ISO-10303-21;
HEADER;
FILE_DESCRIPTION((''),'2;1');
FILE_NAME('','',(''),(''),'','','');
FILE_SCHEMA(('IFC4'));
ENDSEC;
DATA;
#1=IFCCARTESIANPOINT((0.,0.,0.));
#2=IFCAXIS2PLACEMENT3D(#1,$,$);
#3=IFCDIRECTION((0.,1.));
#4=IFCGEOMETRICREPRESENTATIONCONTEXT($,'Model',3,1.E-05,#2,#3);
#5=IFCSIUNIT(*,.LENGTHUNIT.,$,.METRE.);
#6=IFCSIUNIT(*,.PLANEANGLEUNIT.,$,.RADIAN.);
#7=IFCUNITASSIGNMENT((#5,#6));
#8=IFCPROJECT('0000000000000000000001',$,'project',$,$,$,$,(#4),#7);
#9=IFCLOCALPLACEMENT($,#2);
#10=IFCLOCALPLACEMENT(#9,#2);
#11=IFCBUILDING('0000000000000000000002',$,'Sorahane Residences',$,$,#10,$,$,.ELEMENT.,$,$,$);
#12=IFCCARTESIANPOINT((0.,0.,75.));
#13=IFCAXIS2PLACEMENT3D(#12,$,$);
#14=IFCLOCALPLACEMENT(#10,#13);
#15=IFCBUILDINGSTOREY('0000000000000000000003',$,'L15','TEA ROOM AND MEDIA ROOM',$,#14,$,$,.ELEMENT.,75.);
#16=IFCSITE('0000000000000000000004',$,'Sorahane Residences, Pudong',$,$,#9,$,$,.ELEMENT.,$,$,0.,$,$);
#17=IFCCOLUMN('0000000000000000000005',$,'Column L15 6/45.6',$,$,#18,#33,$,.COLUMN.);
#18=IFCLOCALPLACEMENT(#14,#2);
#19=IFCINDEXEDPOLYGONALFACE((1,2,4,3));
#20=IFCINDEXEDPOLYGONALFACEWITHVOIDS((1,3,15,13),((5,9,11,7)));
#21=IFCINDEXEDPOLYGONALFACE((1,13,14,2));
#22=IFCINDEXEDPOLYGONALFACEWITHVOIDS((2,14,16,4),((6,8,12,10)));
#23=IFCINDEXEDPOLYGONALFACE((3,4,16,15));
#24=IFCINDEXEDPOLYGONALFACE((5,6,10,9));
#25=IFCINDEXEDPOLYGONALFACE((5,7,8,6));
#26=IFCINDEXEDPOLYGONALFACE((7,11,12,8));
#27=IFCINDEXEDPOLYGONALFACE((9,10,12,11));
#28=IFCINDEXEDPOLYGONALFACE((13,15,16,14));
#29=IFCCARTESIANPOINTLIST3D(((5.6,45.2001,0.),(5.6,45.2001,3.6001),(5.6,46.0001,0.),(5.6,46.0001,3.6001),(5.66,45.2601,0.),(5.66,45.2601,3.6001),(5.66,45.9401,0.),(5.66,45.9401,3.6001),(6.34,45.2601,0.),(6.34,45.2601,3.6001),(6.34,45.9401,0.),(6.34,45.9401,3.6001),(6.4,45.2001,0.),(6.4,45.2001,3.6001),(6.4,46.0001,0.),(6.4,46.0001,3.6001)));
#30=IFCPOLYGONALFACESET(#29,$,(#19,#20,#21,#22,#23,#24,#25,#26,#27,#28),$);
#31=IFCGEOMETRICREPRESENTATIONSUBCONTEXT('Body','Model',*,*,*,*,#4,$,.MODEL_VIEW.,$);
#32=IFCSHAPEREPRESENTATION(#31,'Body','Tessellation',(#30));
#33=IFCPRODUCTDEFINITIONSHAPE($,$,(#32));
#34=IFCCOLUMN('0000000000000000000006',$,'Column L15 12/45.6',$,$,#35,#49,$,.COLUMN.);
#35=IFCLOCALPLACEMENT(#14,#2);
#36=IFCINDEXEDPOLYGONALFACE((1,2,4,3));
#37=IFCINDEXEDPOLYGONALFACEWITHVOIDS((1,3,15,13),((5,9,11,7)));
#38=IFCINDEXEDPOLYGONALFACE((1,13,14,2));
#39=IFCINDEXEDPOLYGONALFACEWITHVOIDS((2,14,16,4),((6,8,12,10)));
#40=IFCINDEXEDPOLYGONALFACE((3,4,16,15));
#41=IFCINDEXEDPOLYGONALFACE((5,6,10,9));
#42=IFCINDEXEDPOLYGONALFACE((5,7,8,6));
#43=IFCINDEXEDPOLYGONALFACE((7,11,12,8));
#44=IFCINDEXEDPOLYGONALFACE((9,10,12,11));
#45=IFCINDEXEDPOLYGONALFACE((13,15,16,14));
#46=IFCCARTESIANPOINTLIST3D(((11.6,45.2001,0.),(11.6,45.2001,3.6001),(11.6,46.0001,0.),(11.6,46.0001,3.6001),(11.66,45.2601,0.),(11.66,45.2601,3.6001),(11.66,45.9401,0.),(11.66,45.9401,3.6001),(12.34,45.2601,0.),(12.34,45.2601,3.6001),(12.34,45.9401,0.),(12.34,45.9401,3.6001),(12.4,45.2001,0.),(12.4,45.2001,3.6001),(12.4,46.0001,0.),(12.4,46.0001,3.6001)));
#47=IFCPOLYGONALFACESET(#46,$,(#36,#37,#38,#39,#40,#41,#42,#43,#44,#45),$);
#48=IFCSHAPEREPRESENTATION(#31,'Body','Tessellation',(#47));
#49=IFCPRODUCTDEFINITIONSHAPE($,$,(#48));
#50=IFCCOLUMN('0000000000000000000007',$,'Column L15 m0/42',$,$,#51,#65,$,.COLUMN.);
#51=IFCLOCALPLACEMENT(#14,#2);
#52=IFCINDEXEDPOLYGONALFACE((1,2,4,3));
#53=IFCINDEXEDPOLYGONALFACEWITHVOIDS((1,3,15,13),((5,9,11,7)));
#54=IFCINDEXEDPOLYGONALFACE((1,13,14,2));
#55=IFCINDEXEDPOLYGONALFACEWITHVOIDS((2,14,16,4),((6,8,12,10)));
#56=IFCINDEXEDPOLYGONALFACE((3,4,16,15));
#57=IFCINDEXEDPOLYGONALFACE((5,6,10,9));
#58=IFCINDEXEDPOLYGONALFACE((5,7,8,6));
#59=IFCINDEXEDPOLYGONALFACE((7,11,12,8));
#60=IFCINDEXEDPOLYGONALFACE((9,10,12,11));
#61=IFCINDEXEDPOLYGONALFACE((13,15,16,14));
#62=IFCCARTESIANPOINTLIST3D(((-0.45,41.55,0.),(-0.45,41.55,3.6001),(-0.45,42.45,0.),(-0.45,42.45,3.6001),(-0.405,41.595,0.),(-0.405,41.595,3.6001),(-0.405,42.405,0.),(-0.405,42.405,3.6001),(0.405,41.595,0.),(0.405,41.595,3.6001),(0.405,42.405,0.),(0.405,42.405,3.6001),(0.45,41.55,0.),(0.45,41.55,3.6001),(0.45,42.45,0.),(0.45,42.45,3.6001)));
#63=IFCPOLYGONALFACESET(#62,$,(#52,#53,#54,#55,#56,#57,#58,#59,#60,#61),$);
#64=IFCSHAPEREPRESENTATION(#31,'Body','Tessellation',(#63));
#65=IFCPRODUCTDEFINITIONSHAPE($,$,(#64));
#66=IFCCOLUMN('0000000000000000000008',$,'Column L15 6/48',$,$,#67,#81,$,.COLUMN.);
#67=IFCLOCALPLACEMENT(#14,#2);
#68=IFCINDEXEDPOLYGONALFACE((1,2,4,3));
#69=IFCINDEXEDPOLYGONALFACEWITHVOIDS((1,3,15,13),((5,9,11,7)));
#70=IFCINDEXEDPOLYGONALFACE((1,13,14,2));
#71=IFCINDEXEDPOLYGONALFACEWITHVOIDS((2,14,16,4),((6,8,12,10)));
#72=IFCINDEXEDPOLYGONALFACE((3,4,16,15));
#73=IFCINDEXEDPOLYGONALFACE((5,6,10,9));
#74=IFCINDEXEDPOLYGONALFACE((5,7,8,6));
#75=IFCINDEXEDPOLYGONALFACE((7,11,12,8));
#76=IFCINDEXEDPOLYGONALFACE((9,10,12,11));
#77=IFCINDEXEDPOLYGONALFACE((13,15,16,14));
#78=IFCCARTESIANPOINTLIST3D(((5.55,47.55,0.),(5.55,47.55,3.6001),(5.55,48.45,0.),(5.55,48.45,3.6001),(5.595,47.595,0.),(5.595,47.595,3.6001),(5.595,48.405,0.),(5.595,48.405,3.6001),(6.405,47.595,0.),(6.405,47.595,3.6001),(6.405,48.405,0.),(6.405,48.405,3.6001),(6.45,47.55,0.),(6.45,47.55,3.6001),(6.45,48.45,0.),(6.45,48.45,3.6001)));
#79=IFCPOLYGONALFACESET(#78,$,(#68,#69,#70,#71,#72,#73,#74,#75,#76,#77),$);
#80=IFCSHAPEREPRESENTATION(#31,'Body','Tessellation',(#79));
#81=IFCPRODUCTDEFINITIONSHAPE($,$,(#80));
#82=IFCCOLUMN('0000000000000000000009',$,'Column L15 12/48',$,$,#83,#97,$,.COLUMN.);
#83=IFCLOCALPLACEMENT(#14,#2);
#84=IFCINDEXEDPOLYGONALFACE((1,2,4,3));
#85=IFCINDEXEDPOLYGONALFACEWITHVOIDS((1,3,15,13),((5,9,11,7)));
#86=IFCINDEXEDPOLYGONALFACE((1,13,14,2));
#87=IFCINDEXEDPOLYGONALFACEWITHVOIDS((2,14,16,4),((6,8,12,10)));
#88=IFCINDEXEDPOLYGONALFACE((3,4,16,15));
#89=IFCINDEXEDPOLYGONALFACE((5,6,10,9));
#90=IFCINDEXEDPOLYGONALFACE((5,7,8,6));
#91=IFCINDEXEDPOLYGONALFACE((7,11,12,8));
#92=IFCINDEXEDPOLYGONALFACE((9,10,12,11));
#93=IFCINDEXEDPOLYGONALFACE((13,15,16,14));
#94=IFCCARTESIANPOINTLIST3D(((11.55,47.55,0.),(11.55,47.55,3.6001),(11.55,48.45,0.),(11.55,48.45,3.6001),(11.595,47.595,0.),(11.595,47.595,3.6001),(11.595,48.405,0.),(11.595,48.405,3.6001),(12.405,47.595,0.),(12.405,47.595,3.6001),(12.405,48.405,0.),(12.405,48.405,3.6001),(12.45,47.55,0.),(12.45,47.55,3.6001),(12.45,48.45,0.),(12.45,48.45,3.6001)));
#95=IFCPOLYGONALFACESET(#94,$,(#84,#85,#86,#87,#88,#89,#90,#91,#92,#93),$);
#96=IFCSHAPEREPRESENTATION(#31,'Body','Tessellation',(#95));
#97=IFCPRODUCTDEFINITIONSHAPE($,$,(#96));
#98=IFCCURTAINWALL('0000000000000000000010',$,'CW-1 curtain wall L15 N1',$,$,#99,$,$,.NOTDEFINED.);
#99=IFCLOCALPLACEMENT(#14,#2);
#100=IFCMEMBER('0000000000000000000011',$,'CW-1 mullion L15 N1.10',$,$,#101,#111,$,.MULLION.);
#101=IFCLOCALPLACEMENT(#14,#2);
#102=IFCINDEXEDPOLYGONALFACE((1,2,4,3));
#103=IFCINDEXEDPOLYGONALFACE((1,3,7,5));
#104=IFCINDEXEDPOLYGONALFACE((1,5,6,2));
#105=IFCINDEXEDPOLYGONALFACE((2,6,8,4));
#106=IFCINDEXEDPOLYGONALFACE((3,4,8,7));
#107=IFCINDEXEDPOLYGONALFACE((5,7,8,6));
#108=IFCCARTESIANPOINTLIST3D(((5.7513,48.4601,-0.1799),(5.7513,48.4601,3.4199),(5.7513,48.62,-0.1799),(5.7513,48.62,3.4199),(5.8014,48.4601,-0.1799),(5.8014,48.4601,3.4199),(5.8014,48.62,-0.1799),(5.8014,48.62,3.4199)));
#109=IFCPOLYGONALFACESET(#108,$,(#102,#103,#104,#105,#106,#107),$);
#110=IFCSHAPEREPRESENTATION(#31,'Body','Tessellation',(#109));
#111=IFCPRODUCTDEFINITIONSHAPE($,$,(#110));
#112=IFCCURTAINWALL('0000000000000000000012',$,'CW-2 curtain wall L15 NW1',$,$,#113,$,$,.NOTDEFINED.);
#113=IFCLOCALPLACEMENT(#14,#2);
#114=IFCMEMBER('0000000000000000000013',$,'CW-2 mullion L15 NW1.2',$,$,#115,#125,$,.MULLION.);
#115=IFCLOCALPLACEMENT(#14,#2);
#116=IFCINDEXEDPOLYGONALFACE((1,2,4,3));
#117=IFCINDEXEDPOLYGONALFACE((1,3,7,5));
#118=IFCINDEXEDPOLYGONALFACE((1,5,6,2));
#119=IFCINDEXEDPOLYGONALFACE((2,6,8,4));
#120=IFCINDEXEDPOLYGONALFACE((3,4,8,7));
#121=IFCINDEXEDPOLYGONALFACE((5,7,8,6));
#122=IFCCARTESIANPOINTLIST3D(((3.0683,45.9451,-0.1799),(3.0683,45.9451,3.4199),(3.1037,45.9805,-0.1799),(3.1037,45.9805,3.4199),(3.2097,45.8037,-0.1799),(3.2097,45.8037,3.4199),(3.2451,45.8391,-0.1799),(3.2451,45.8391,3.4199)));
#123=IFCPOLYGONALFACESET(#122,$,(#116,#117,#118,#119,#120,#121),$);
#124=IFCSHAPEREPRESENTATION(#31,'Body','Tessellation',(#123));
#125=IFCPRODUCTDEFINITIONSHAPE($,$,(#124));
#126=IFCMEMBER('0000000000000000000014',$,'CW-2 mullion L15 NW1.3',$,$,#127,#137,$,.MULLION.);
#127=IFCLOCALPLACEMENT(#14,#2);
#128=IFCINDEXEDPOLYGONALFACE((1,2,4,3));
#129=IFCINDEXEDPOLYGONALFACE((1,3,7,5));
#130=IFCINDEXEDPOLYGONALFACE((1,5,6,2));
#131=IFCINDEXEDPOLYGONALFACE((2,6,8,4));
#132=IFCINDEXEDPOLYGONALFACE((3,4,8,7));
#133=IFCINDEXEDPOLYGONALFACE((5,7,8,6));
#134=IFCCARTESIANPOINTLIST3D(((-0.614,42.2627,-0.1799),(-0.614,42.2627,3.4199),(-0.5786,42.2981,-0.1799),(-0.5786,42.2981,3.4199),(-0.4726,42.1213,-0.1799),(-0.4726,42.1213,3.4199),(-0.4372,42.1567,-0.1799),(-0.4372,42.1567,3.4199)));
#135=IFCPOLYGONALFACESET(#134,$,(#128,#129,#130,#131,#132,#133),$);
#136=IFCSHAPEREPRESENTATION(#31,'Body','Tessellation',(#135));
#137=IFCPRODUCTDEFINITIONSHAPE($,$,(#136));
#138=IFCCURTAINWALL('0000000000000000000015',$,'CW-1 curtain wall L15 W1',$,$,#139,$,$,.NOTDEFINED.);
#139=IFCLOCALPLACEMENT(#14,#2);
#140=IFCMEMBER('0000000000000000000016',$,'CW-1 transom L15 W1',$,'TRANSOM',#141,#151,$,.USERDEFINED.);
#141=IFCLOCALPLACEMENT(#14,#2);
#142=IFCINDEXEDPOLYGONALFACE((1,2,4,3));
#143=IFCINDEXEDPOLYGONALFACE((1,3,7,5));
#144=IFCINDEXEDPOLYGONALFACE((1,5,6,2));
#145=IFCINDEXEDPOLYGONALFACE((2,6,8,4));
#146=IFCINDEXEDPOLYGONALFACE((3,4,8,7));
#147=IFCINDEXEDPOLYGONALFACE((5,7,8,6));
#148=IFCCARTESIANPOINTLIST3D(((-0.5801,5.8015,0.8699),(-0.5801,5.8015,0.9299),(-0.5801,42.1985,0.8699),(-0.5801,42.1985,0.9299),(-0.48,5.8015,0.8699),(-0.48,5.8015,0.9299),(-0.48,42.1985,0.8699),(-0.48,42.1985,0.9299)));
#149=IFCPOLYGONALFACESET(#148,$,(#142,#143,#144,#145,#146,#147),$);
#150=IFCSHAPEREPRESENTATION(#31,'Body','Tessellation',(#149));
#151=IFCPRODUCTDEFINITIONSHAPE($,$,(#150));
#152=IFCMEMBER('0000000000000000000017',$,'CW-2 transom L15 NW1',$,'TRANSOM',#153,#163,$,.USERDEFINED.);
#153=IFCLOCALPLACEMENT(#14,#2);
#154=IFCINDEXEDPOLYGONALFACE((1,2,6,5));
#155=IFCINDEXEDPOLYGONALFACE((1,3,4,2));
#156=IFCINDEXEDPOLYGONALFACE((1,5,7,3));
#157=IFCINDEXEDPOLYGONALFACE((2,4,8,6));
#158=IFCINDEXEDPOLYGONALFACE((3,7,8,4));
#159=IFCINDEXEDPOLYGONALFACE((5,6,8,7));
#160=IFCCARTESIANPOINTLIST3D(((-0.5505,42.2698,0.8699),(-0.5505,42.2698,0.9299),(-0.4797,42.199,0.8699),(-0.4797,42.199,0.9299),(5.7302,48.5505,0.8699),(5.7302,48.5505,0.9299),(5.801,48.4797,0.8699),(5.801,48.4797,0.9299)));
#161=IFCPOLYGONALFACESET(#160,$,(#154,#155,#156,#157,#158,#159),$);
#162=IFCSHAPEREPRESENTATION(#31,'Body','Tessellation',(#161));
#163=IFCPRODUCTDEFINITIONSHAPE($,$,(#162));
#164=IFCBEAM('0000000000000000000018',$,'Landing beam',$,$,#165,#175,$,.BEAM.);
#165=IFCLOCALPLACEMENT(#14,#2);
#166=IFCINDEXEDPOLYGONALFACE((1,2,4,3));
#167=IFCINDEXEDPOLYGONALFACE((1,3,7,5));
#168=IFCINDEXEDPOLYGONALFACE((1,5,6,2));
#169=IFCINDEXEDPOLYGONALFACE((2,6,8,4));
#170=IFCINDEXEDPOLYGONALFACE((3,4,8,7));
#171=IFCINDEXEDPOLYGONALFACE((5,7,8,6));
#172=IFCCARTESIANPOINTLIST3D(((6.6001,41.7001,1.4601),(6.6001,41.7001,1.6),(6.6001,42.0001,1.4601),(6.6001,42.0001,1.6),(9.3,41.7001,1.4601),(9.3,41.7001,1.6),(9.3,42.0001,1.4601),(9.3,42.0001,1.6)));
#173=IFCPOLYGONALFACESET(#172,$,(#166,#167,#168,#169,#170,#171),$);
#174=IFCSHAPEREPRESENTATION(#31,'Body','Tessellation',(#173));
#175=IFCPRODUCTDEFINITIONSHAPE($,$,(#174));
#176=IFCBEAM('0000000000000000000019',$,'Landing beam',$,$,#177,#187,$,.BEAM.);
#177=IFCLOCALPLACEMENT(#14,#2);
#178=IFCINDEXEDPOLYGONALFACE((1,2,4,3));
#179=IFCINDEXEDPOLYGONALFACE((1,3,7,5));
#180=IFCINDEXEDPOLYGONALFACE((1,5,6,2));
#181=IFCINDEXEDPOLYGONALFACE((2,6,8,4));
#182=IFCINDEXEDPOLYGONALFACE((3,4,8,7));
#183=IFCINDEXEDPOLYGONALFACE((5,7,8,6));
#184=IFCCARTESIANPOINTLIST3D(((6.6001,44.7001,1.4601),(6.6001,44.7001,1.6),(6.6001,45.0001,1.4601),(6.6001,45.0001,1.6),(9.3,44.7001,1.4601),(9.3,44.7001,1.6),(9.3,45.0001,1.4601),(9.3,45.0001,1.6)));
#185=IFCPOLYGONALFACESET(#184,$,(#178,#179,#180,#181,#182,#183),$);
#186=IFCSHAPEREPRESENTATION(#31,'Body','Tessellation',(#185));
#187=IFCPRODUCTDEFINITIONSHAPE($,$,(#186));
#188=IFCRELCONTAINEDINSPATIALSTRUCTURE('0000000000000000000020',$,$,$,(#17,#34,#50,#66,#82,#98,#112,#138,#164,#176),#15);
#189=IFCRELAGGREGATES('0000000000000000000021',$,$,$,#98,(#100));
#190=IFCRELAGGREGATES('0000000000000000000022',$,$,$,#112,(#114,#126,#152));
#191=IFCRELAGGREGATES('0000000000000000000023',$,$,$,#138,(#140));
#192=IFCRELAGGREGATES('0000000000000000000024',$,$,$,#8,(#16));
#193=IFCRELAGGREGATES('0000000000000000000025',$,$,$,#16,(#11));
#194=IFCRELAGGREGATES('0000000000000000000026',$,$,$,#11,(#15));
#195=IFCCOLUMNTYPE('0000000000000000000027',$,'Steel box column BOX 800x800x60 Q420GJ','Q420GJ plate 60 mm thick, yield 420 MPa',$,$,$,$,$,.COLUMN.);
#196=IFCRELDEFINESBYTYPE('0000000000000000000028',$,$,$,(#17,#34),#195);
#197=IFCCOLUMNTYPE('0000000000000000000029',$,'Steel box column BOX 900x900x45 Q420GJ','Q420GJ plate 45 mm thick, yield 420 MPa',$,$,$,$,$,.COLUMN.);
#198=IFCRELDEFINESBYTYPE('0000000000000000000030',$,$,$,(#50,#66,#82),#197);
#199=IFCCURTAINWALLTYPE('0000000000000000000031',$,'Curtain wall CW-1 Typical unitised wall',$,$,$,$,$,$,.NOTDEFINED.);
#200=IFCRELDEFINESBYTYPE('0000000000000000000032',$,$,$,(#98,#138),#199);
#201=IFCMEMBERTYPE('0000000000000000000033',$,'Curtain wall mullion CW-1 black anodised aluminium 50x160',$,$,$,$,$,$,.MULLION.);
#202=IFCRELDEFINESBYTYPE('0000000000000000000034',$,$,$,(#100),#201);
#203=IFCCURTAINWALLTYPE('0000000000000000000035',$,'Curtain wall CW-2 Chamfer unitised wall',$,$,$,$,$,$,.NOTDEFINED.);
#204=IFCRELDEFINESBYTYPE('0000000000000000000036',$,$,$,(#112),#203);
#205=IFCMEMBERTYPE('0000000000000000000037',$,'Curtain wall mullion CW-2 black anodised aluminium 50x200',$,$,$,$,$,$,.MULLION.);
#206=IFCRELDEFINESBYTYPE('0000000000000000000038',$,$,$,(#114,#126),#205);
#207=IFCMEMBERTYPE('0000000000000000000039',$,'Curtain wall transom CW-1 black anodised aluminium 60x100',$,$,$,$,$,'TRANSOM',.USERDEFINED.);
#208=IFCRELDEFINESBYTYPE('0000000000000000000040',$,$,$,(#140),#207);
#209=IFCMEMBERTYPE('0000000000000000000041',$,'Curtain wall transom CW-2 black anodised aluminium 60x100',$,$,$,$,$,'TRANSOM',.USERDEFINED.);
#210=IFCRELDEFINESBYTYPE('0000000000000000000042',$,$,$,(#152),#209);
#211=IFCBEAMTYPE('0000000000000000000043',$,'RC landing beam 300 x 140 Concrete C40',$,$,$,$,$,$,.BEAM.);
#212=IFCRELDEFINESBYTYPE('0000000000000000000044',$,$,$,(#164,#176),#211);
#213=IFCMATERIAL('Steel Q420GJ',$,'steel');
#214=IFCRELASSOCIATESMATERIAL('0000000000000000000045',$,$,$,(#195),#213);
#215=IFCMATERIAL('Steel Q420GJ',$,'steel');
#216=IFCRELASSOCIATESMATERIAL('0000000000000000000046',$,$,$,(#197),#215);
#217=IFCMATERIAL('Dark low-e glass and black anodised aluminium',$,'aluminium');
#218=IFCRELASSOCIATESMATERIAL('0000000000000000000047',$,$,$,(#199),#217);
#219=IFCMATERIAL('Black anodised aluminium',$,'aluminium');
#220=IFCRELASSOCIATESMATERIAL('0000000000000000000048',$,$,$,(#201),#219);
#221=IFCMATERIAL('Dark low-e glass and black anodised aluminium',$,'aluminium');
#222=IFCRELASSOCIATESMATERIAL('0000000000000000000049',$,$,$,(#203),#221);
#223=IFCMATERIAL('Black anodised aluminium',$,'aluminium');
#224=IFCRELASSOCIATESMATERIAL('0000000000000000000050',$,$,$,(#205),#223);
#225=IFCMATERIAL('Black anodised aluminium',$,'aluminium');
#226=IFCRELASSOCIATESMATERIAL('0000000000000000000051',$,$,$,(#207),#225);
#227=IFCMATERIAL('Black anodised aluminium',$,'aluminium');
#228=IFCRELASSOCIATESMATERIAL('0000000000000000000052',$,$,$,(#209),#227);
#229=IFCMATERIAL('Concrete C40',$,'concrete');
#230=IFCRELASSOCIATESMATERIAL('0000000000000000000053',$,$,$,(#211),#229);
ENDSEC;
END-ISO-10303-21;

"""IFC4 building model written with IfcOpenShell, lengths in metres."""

from ifc_helpers import new_model, si_unit, direction, frame, origin, origin_2d, place, context, subcontext, project, spatial, rectangle, hollow_rectangle, extrude, material, material_profile, profile_set, type_object, element, aggregate, save


model = new_model("IFC4")

# Units and contexts
model_context = context("Model", 3, precision=1e-05, world=origin(), true_north=direction((0.0, 1.0)))
body_context = subcontext(model_context, "Body", "Model", "MODEL_VIEW")
ifc_project = project(units=[si_unit("LENGTHUNIT", "METRE"), si_unit("PLANEANGLEUNIT", "RADIAN")], contexts=[model_context])

# Site, building, storey
site_placement = place(None, origin())
site = spatial("IfcSite", under=ifc_project, at=site_placement, Name="Sorahane Residences, Pudong", CompositionType="ELEMENT", RefElevation=0.0)
building_placement = place(site_placement, origin())
building = spatial("IfcBuilding", under=site, at=building_placement, Name="Sorahane Residences", CompositionType="ELEMENT")
storey_placement = place(building_placement, frame((0.0, 0.0, 75.0)))
storey = spatial("IfcBuildingStorey", under=building, at=storey_placement, Name="L15", Description="TEA ROOM AND MEDIA ROOM", CompositionType="ELEMENT", Elevation=75.0)

# Columns
ifc_material_1 = material(Name="Steel Q420GJ", Category="steel")
ifc_material_profile_1 = material_profile(ifc_material_1, hollow_rectangle(XDim=0.8, YDim=0.8, WallThickness=0.0601, at=origin_2d()), Name="BOX 800x800x60")
ifc_profile_set_1 = profile_set([ifc_material_profile_1], Name="Steel Q420GJ")
column_type_1 = type_object("IfcColumnType", Name="Steel box column BOX 800x800x60 Q420GJ", Description="Q420GJ plate 60 mm thick, yield 420 MPa", PredefinedType="COLUMN", material=ifc_profile_set_1)
for number, where, z_axis, x_axis, name in (
    (1, (6.0, 45.6001, 0.0), (0.0, 0.0, 1.0), (1.0, 0.0, 0.0), "Column L15 6/45.6"),
    (2, (12.0, 45.6001, 0.0), (0.0, 0.0, 1.0), (1.0, 0.0, 0.0), "Column L15 12/45.6"),
):
    element("IfcColumn", number, at=place(storey_placement, frame(where, z_axis=z_axis, x_axis=x_axis)), inside=storey, type_object=column_type_1, Name=name, PredefinedType="COLUMN", context=body_context, shape_type="SweptSolid", body=[
        extrude(hollow_rectangle(XDim=0.8, YDim=0.8, WallThickness=0.0601, at=origin_2d()), origin(), (0.0, 0.0, 1.0), 3.6001),
    ])
ifc_material_2 = material(Name="Steel Q420GJ", Category="steel")
ifc_material_profile_2 = material_profile(ifc_material_2, hollow_rectangle(XDim=0.8999, YDim=0.8999, WallThickness=0.0449, at=origin_2d()), Name="BOX 900x900x45")
ifc_profile_set_2 = profile_set([ifc_material_profile_2], Name="Steel Q420GJ")
column_type_2 = type_object("IfcColumnType", Name="Steel box column BOX 900x900x45 Q420GJ", Description="Q420GJ plate 45 mm thick, yield 420 MPa", PredefinedType="COLUMN", material=ifc_profile_set_2)
for number, where, z_axis, x_axis, name in (
    (3, (0.0, 42.0, 0.0), (0.0, 0.0, 1.0), (1.0, 0.0, 0.0), "Column L15 m0/42"),
    (4, (6.0, 48.0, 0.0), (0.0, 0.0, 1.0), (1.0, 0.0, 0.0), "Column L15 6/48"),
    (5, (12.0, 48.0, 0.0), (0.0, 0.0, 1.0), (1.0, 0.0, 0.0), "Column L15 12/48"),
):
    element("IfcColumn", number, at=place(storey_placement, frame(where, z_axis=z_axis, x_axis=x_axis)), inside=storey, type_object=column_type_2, Name=name, PredefinedType="COLUMN", context=body_context, shape_type="SweptSolid", body=[
        extrude(hollow_rectangle(XDim=0.8999, YDim=0.8999, WallThickness=0.0449, at=origin_2d()), origin(), (0.0, 0.0, 1.0), 3.6001),
    ])

# Curtain wall, member
ifc_material_3 = material(Name="Dark low-e glass and black anodised aluminium", Category="aluminium")
curtain_wall_type_1 = type_object("IfcCurtainWallType", Name="Curtain wall CW-1 Typical unitised wall", PredefinedType="NOTDEFINED", material=ifc_material_3)
curtain_wall_1_placement = place(storey_placement, origin())
curtain_wall_1 = element("IfcCurtainWall", 6, at=curtain_wall_1_placement, inside=storey, type_object=curtain_wall_type_1, Name="CW-1 curtain wall L15 N1", PredefinedType="NOTDEFINED")
ifc_material_4 = material(Name="Black anodised aluminium", Category="aluminium")
ifc_material_profile_3 = material_profile(ifc_material_4, rectangle(XDim=0.1599, YDim=0.05, at=origin_2d()), Name="Curtain wall mullion CW-1 black anodised aluminium 50x160")
ifc_profile_set_3 = profile_set([ifc_material_profile_3], Name="Black anodised aluminium")
member_type_1 = type_object("IfcMemberType", Name="Curtain wall mullion CW-1 black anodised aluminium 50x160", PredefinedType="MULLION", material=ifc_profile_set_3)
member_1_placement = place(storey_placement, frame((5.7764, 48.54, -0.1799), z_axis=(0.0, 0.0, 1.0), x_axis=(0.0, 1.0, 0.0)))
member_1 = element("IfcMember", 7, at=member_1_placement, type_object=member_type_1, Name="CW-1 mullion L15 N1.10", PredefinedType="MULLION", context=body_context, shape_type="SweptSolid", body=[
    extrude(rectangle(XDim=0.1599, YDim=0.05, at=origin_2d()), origin(), (0.0, 0.0, 1.0), 3.5999),
])

# Curtain wall, members
ifc_material_5 = material(Name="Dark low-e glass and black anodised aluminium", Category="aluminium")
curtain_wall_type_2 = type_object("IfcCurtainWallType", Name="Curtain wall CW-2 Chamfer unitised wall", PredefinedType="NOTDEFINED", material=ifc_material_5)
curtain_wall_2_placement = place(storey_placement, origin())
curtain_wall_2 = element("IfcCurtainWall", 8, at=curtain_wall_2_placement, inside=storey, type_object=curtain_wall_type_2, Name="CW-2 curtain wall L15 NW1", PredefinedType="NOTDEFINED")
ifc_material_6 = material(Name="Black anodised aluminium", Category="aluminium")
ifc_material_profile_4 = material_profile(ifc_material_6, rectangle(XDim=0.2, YDim=0.05, at=origin_2d()), Name="Curtain wall mullion CW-2 black anodised aluminium 50x200")
ifc_profile_set_4 = profile_set([ifc_material_profile_4], Name="Black anodised aluminium")
member_type_2 = type_object("IfcMemberType", Name="Curtain wall mullion CW-2 black anodised aluminium 50x200", PredefinedType="MULLION", material=ifc_profile_set_4)
member_2_placement = place(storey_placement, frame((3.1567, 45.8921, -0.1799), z_axis=(0.0, 0.0, 1.0), x_axis=(-0.707107, 0.707107, 0.0)))
member_2 = element("IfcMember", 9, at=member_2_placement, type_object=member_type_2, Name="CW-2 mullion L15 NW1.2", PredefinedType="MULLION", context=body_context, shape_type="SweptSolid", body=[
    extrude(rectangle(XDim=0.2, YDim=0.05, at=origin_2d()), origin(), (0.0, 0.0, 1.0), 3.5999),
])
member_3_placement = place(storey_placement, frame((-0.5256, 42.2097, -0.1799), z_axis=(0.0, 0.0, 1.0), x_axis=(-0.707107, 0.707107, 0.0)))
member_3 = element("IfcMember", 10, at=member_3_placement, type_object=member_type_2, Name="CW-2 mullion L15 NW1.3", PredefinedType="MULLION", context=body_context, shape_type="SweptSolid", body=[
    extrude(rectangle(XDim=0.2, YDim=0.05, at=origin_2d()), origin(), (0.0, 0.0, 1.0), 3.5999),
])

# Curtain wall, member
curtain_wall_3_placement = place(storey_placement, origin())
curtain_wall_3 = element("IfcCurtainWall", 11, at=curtain_wall_3_placement, inside=storey, type_object=curtain_wall_type_1, Name="CW-1 curtain wall L15 W1", PredefinedType="NOTDEFINED")
ifc_material_7 = material(Name="Black anodised aluminium", Category="aluminium")
ifc_material_profile_5 = material_profile(ifc_material_7, rectangle(XDim=0.1001, YDim=0.0601, at=origin_2d()), Name="Curtain wall transom CW-1 black anodised aluminium 60x100")
ifc_profile_set_5 = profile_set([ifc_material_profile_5], Name="Black anodised aluminium")
member_type_3 = type_object("IfcMemberType", Name="Curtain wall transom CW-1 black anodised aluminium 60x100", ElementType="TRANSOM", PredefinedType="USERDEFINED", material=ifc_profile_set_5)
member_4_placement = place(storey_placement, frame((-0.53, 42.1985, 0.8999), z_axis=(0.0, -1.0, 0.0), x_axis=(1.0, 0.0, 0.0)))
member_4 = element("IfcMember", 12, at=member_4_placement, type_object=member_type_3, Name="CW-1 transom L15 W1", ObjectType="TRANSOM", PredefinedType="USERDEFINED", context=body_context, shape_type="SweptSolid", body=[
    extrude(rectangle(XDim=0.1001, YDim=0.0601, at=origin_2d()), origin(), (0.0, 0.0, 1.0), 36.397),
])

# Member
ifc_material_8 = material(Name="Black anodised aluminium", Category="aluminium")
ifc_material_profile_6 = material_profile(ifc_material_8, rectangle(XDim=0.1001, YDim=0.0601, at=origin_2d()), Name="Curtain wall transom CW-2 black anodised aluminium 60x100")
ifc_profile_set_6 = profile_set([ifc_material_profile_6], Name="Black anodised aluminium")
member_type_4 = type_object("IfcMemberType", Name="Curtain wall transom CW-2 black anodised aluminium 60x100", ElementType="TRANSOM", PredefinedType="USERDEFINED", material=ifc_profile_set_6)
member_5_placement = place(storey_placement, frame((5.7656, 48.5151, 0.8999), z_axis=(-0.707107, -0.707107, 0.0), x_axis=(0.707107, -0.707107, 0.0)))
member_5 = element("IfcMember", 13, at=member_5_placement, type_object=member_type_4, Name="CW-2 transom L15 NW1", ObjectType="TRANSOM", PredefinedType="USERDEFINED", context=body_context, shape_type="SweptSolid", body=[
    extrude(rectangle(XDim=0.1001, YDim=0.0601, at=origin_2d()), origin(), (0.0, 0.0, 1.0), 8.8823),
])

# Beams
ifc_material_9 = material(Name="Concrete C40", Category="concrete")
ifc_material_profile_7 = material_profile(ifc_material_9, rectangle(XDim=0.3, YDim=0.1399, at=origin_2d()), Name="300x140")
ifc_profile_set_7 = profile_set([ifc_material_profile_7], Name="Concrete C40")
beam_type_1 = type_object("IfcBeamType", Name="RC landing beam 300 x 140 Concrete C40", PredefinedType="BEAM", material=ifc_profile_set_7)
for number, where, z_axis, x_axis, name in (
    (14, (6.6001, 41.8501, 1.53), (1.0, 0.0, 0.0), (0.0, 1.0, 0.0), "Landing beam"),
    (15, (6.6001, 44.8501, 1.53), (1.0, 0.0, 0.0), (0.0, 1.0, 0.0), "Landing beam"),
):
    element("IfcBeam", number, at=place(storey_placement, frame(where, z_axis=z_axis, x_axis=x_axis)), inside=storey, type_object=beam_type_1, Name=name, PredefinedType="BEAM", context=body_context, shape_type="SweptSolid", body=[
        extrude(rectangle(XDim=0.3, YDim=0.1399, at=origin_2d()), origin(), (0.0, 0.0, 1.0), 2.7),
    ])

aggregate(curtain_wall_1, [member_1])
aggregate(curtain_wall_2, [member_2, member_3, member_5])
aggregate(curtain_wall_3, [member_4])

save(model, "model.ifc")
